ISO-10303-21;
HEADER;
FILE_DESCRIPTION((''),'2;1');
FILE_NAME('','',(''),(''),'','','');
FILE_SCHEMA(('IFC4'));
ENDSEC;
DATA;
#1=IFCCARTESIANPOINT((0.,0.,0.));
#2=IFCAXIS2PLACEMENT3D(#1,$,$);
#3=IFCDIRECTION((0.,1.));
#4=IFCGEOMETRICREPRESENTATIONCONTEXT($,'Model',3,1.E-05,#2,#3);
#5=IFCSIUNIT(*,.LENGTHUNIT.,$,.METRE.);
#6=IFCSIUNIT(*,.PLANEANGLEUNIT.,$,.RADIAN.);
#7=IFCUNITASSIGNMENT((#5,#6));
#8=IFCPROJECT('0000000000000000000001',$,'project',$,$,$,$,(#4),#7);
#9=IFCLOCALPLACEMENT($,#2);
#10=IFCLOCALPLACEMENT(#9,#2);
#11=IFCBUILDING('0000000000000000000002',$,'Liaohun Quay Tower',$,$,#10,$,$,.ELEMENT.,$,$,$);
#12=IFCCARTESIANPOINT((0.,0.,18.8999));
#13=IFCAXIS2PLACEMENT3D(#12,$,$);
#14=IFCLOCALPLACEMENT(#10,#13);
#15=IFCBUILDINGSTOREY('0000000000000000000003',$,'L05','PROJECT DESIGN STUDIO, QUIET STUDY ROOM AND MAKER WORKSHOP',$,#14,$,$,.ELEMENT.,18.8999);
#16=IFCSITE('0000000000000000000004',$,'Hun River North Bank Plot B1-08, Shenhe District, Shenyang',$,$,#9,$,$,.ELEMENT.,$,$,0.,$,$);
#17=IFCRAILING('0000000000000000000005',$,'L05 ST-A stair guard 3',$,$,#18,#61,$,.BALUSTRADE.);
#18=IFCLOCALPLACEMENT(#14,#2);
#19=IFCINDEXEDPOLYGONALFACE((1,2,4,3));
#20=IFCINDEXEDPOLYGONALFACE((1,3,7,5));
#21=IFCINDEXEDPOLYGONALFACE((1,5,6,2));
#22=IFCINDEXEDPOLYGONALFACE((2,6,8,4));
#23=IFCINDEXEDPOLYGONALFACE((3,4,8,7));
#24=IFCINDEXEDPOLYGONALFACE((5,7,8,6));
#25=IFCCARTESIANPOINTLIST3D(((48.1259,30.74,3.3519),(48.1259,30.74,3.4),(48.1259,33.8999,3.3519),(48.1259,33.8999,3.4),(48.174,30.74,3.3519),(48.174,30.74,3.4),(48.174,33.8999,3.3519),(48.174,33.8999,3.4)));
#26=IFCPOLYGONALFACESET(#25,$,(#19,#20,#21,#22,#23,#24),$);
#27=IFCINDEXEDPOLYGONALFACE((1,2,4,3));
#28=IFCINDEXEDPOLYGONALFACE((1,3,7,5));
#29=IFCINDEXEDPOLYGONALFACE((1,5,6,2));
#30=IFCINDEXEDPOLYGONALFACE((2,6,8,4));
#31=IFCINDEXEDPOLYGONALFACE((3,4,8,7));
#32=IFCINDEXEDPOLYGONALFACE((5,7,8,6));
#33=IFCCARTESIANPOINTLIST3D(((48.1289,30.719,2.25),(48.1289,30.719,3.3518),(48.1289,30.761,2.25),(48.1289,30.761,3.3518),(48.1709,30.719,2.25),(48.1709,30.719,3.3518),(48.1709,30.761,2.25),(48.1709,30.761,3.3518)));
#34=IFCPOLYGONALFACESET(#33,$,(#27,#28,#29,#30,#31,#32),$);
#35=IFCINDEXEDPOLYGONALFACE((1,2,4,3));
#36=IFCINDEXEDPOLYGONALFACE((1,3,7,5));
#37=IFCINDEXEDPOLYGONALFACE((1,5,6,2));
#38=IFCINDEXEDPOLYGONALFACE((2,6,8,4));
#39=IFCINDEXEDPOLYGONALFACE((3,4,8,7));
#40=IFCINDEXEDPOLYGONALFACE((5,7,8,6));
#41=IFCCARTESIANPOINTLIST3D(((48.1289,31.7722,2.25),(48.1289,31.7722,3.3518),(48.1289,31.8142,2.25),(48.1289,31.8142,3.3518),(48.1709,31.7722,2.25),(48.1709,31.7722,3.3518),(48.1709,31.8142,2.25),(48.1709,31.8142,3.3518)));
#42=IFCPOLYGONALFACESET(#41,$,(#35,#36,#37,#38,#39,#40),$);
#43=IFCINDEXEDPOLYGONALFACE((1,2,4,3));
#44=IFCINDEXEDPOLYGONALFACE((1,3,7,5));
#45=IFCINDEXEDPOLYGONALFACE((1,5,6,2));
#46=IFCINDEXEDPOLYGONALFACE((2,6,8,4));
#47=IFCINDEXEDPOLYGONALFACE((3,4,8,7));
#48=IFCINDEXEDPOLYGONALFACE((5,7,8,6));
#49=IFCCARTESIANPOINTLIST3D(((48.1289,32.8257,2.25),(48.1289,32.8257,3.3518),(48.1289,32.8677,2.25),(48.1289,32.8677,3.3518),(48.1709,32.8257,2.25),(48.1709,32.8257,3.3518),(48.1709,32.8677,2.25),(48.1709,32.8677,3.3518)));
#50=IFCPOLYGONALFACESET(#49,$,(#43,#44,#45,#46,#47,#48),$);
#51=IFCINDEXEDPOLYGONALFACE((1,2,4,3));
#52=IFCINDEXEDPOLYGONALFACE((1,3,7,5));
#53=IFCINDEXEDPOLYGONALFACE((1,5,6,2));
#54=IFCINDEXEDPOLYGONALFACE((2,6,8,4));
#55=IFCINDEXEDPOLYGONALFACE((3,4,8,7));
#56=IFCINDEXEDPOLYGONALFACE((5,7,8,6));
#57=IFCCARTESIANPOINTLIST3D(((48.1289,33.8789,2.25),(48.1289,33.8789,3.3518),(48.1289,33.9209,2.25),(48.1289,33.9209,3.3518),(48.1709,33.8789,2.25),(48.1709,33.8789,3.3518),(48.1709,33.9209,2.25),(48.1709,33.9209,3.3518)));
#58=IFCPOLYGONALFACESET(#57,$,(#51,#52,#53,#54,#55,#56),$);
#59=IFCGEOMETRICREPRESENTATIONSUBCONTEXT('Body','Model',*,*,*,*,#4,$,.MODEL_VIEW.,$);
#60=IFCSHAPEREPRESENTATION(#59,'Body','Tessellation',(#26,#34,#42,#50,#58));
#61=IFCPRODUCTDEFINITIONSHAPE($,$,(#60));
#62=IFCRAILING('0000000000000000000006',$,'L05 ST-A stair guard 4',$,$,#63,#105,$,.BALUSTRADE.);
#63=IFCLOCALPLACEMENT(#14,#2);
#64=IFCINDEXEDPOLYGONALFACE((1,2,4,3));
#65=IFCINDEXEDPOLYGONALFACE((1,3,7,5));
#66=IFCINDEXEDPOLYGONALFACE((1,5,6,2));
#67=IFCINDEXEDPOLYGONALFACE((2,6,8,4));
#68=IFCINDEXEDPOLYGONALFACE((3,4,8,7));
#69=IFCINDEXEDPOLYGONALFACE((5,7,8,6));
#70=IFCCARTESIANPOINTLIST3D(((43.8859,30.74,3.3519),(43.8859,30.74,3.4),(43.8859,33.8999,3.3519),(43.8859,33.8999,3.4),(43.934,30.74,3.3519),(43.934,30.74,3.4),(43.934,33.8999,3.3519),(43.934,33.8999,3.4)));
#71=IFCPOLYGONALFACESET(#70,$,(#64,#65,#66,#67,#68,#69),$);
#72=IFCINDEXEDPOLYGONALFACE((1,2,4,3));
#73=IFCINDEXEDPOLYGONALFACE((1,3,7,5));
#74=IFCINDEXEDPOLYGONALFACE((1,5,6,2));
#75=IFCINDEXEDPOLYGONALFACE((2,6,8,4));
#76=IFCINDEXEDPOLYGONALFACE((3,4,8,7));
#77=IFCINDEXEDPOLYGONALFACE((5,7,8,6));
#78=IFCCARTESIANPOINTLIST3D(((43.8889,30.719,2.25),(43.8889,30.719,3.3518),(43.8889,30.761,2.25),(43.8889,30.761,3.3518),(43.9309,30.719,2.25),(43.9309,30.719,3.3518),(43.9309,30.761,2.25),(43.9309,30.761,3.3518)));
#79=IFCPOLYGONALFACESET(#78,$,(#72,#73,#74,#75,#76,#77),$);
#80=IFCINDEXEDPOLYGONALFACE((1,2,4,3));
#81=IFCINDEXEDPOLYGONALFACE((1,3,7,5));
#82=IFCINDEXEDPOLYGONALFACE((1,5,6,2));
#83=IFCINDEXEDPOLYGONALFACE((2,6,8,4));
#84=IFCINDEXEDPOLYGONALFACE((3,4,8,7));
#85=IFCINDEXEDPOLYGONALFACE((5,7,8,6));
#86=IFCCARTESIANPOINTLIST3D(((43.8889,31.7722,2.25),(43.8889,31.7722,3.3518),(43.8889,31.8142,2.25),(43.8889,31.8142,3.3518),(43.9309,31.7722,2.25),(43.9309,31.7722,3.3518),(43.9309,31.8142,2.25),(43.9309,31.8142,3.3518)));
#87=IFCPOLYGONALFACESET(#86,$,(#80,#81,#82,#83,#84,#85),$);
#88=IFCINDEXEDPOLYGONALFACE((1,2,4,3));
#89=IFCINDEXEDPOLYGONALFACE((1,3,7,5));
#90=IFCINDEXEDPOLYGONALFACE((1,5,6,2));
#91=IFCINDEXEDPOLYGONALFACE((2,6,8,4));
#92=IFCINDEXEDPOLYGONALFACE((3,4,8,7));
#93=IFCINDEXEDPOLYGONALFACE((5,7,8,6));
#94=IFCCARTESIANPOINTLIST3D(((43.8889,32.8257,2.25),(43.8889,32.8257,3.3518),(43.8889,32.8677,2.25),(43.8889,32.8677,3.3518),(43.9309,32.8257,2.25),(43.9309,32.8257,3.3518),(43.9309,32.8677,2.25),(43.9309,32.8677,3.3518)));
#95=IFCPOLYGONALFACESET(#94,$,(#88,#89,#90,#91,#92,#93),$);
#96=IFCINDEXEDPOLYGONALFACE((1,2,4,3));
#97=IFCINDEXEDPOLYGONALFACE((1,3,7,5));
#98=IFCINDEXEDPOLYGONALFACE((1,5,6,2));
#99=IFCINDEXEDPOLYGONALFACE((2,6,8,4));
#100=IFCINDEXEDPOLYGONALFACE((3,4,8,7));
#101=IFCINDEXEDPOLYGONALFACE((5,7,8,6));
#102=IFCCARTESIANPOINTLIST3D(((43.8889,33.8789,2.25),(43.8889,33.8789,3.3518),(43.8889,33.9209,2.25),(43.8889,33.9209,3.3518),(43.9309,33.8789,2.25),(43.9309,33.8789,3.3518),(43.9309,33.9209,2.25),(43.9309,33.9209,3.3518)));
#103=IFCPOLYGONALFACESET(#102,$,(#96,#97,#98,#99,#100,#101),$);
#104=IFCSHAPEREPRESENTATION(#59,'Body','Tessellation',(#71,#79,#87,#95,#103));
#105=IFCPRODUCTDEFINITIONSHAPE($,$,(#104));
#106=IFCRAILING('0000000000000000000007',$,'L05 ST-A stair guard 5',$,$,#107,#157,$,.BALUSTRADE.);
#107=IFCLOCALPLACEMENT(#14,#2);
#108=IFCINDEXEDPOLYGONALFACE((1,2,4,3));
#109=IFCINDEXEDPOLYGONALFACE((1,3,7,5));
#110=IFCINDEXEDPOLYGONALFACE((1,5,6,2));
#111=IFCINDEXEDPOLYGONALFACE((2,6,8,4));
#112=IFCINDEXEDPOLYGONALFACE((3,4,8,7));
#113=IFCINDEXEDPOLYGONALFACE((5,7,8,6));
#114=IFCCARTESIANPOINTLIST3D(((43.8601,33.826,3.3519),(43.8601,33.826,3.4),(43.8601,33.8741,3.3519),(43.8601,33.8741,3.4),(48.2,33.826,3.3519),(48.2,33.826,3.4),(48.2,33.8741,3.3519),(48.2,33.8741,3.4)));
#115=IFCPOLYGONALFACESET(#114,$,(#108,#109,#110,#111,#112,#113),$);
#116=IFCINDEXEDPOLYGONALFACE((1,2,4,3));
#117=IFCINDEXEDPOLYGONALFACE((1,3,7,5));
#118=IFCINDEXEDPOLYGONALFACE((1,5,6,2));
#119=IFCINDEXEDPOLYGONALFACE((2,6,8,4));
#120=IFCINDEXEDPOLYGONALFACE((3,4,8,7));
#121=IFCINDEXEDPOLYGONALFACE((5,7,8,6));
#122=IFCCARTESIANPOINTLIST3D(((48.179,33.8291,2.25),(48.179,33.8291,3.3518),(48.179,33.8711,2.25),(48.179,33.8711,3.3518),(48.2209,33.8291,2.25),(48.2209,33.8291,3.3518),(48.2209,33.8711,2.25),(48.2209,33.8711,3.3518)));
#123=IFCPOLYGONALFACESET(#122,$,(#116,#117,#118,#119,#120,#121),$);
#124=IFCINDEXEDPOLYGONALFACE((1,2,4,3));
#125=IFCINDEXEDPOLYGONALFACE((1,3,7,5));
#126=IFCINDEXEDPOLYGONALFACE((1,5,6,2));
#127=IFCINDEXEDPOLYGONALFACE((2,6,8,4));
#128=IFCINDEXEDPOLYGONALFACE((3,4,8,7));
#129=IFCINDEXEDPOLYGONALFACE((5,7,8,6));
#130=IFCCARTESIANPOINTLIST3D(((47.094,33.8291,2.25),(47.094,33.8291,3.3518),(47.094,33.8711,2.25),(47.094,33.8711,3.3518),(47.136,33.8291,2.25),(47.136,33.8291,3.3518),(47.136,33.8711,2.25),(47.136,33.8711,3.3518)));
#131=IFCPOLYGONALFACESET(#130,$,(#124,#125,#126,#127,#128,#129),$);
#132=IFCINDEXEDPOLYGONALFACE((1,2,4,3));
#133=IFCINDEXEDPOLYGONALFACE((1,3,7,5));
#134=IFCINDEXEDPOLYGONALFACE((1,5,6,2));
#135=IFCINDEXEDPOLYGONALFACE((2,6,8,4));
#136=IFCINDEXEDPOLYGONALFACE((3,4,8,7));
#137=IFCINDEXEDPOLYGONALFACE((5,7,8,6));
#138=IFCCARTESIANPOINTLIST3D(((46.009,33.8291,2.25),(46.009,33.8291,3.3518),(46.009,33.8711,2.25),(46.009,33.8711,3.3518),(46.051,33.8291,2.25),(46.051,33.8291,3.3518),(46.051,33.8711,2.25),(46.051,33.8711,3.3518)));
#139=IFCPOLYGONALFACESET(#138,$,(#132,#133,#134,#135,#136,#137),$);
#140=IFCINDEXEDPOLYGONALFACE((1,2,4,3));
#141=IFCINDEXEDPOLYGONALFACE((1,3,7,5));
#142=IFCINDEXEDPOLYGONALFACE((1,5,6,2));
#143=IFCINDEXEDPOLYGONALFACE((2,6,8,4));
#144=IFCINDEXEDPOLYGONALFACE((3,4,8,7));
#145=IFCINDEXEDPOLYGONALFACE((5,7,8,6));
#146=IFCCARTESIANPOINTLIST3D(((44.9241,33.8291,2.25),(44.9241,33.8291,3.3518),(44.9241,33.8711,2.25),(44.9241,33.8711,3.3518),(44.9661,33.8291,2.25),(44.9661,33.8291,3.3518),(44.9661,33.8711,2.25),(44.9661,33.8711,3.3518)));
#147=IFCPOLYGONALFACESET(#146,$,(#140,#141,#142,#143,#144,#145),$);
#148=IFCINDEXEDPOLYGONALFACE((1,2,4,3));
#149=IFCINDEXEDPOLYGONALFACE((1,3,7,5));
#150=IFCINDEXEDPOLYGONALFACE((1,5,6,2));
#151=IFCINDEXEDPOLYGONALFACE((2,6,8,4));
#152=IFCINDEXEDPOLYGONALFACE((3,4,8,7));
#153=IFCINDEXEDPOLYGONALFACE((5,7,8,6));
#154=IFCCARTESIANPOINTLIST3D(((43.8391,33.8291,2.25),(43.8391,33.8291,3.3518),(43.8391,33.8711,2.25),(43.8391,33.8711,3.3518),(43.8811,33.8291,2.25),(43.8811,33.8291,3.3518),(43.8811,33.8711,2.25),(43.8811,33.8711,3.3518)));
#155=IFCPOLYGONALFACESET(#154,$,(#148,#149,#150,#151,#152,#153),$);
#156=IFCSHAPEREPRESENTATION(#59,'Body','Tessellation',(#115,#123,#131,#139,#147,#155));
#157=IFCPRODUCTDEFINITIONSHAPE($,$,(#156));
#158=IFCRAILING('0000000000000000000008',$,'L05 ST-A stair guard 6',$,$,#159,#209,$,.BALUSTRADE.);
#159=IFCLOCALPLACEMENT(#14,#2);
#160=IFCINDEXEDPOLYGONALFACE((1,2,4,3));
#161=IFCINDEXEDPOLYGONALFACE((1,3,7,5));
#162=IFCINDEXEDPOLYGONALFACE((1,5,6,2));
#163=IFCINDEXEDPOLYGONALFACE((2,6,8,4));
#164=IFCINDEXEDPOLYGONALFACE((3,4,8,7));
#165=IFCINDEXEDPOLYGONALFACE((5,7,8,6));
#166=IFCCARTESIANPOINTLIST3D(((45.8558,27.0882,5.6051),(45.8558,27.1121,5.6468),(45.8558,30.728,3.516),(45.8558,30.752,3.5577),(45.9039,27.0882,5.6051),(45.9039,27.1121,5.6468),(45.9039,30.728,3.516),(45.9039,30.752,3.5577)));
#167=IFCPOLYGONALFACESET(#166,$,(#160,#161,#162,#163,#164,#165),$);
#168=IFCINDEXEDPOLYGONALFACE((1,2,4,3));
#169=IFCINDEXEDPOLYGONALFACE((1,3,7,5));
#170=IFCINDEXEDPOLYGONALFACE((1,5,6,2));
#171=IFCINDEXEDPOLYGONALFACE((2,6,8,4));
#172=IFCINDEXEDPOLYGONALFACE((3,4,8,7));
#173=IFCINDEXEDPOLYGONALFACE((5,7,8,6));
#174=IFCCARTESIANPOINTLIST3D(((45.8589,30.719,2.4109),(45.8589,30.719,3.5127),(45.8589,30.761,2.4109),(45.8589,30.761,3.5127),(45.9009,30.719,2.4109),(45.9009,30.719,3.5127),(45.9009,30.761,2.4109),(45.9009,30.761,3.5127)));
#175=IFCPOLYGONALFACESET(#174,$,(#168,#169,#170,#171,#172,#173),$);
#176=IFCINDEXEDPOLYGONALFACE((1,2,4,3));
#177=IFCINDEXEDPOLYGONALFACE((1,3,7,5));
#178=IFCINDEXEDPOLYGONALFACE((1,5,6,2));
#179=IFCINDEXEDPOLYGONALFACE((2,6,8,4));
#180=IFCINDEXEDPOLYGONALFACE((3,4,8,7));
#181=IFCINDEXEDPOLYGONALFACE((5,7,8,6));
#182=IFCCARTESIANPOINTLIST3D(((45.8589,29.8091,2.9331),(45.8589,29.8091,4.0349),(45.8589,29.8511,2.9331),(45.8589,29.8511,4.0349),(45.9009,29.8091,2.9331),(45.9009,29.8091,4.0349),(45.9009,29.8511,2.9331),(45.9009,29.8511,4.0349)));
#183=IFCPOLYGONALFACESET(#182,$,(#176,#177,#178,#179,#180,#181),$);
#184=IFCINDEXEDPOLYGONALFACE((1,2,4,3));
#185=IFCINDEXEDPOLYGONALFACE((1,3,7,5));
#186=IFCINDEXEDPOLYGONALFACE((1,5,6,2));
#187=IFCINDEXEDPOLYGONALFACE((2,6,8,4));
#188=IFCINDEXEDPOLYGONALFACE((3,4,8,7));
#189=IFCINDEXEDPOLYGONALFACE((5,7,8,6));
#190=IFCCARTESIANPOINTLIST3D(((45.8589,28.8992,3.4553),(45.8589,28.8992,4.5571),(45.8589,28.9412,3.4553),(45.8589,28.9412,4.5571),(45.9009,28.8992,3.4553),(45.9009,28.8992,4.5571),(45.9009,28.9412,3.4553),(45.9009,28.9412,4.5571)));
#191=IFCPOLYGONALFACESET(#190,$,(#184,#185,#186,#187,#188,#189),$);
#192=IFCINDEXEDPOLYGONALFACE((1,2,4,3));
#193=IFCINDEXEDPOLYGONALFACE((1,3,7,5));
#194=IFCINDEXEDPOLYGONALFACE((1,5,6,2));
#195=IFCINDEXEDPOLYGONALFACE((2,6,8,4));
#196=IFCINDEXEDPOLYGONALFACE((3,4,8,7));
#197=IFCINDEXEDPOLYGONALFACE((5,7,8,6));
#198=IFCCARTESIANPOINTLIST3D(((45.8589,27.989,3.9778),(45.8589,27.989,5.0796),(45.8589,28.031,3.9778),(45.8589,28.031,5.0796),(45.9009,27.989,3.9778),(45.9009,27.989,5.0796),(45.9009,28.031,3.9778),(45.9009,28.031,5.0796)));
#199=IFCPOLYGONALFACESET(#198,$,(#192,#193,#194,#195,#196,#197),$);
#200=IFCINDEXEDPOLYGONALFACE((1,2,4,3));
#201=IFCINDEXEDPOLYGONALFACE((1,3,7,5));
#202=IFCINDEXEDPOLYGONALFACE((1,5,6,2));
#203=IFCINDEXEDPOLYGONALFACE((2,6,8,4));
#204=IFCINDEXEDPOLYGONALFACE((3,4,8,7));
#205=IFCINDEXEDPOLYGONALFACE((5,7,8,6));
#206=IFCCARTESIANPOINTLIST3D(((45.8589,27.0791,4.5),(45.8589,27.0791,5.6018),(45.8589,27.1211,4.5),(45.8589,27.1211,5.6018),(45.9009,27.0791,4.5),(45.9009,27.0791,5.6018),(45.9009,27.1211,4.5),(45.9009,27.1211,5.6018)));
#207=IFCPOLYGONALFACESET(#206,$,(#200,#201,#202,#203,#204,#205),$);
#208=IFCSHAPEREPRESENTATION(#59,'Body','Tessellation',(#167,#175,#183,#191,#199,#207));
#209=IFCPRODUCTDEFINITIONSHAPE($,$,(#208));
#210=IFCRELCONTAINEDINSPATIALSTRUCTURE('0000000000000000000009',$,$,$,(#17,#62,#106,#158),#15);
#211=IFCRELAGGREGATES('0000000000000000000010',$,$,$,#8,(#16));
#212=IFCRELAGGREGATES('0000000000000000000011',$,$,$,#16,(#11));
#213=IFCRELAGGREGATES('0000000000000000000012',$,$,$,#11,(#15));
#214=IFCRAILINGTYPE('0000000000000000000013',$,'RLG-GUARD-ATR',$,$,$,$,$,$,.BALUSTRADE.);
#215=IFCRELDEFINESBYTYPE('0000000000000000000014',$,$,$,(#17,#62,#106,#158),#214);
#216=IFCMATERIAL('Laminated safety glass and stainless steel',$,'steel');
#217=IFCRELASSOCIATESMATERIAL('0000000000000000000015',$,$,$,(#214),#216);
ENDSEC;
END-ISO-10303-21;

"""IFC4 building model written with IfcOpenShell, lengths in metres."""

from ifc_helpers import new_model, si_unit, direction, frame, origin, origin_2d, place, context, subcontext, project, spatial, rectangle, extrude, material, type_object, element, save


model = new_model("IFC4")

# Units and contexts
model_context = context("Model", 3, precision=1e-05, world=origin(), true_north=direction((0.0, 1.0)))
body_context = subcontext(model_context, "Body", "Model", "MODEL_VIEW")
ifc_project = project(units=[si_unit("LENGTHUNIT", "METRE"), si_unit("PLANEANGLEUNIT", "RADIAN")], contexts=[model_context])

# Site, building, storey
site_placement = place(None, origin())
site = spatial("IfcSite", under=ifc_project, at=site_placement, Name="Hun River North Bank Plot B1-08, Shenhe District, Shenyang", CompositionType="ELEMENT", RefElevation=0.0)
building_placement = place(site_placement, origin())
building = spatial("IfcBuilding", under=site, at=building_placement, Name="Liaohun Quay Tower", CompositionType="ELEMENT")
storey_placement = place(building_placement, frame((0.0, 0.0, 18.8999)))
storey = spatial("IfcBuildingStorey", under=building, at=storey_placement, Name="L05", Description="PROJECT DESIGN STUDIO, QUIET STUDY ROOM AND MAKER WORKSHOP", CompositionType="ELEMENT", Elevation=18.8999)

# Railings
ifc_material_1 = material(Name="Laminated safety glass and stainless steel", Category="steel")
railing_type_1 = type_object("IfcRailingType", Name="RLG-GUARD-ATR", PredefinedType="BALUSTRADE", material=ifc_material_1)
for number, where, name in (
    (1, (48.1499, 30.74, 2.25), "L05 ST-A stair guard 3"),
    (2, (43.9099, 30.74, 2.25), "L05 ST-A stair guard 4"),
):
    element("IfcRailing", number, at=place(storey_placement, frame(where)), inside=storey, type_object=railing_type_1, Name=name, PredefinedType="BALUSTRADE", context=body_context, shape_type="SweptSolid", body=[
        extrude(rectangle(XDim=0.0481, YDim=0.0481, at=origin_2d()), frame((0.0, 0.0, 1.126), z_axis=(0.0, 1.0, 0.0), x_axis=(-1.0, 0.0, 0.0)), (0.0, 0.0, 1.0), 3.1599),
        extrude(rectangle(XDim=0.042, YDim=0.042, at=origin_2d()), origin(), (0.0, 0.0, 1.0), 1.1018),
        extrude(rectangle(XDim=0.042, YDim=0.042, at=origin_2d()), frame((0.0, 1.0532, 0.0)), (0.0, 0.0, 1.0), 1.1018),
        extrude(rectangle(XDim=0.042, YDim=0.042, at=origin_2d()), frame((0.0, 2.1067, 0.0)), (0.0, 0.0, 1.0), 1.1018),
        extrude(rectangle(XDim=0.042, YDim=0.042, at=origin_2d()), frame((0.0, 3.1599, 0.0)), (0.0, 0.0, 1.0), 1.1018),
    ])
railing_1_placement = place(storey_placement, frame((48.2, 33.8501, 2.25)))
element("IfcRailing", 3, at=railing_1_placement, inside=storey, type_object=railing_type_1, Name="L05 ST-A stair guard 5", PredefinedType="BALUSTRADE", context=body_context, shape_type="SweptSolid", body=[
    extrude(rectangle(XDim=0.0481, YDim=0.0481, at=origin_2d()), frame((0.0, 0.0, 1.126), z_axis=(-1.0, 0.0, 0.0), x_axis=(0.0, -1.0, 0.0)), (0.0, 0.0, 1.0), 4.3398),
    extrude(rectangle(XDim=0.042, YDim=0.042, at=origin_2d()), origin(), (0.0, 0.0, 1.0), 1.1018),
    extrude(rectangle(XDim=0.042, YDim=0.042, at=origin_2d()), frame((-1.085, 0.0, 0.0)), (0.0, 0.0, 1.0), 1.1018),
    extrude(rectangle(XDim=0.042, YDim=0.042, at=origin_2d()), frame((-2.1699, 0.0, 0.0)), (0.0, 0.0, 1.0), 1.1018),
    extrude(rectangle(XDim=0.042, YDim=0.042, at=origin_2d()), frame((-3.2549, 0.0, 0.0)), (0.0, 0.0, 1.0), 1.1018),
    extrude(rectangle(XDim=0.042, YDim=0.042, at=origin_2d()), frame((-4.3398, 0.0, 0.0)), (0.0, 0.0, 1.0), 1.1018),
])
railing_2_placement = place(storey_placement, frame((45.8799, 30.74, 2.4109)))
element("IfcRailing", 4, at=railing_2_placement, inside=storey, type_object=railing_type_1, Name="L05 ST-A stair guard 6", PredefinedType="BALUSTRADE", context=body_context, shape_type="SweptSolid", body=[
    extrude(rectangle(XDim=0.0481, YDim=0.0481, at=origin_2d()), frame((0.0, 0.0, 1.126), z_axis=(0.0, -0.8673, 0.497786), x_axis=(1.0, 0.0, 0.0)), (0.0, 0.0, 1.0), 4.1968),
    extrude(rectangle(XDim=0.042, YDim=0.042, at=origin_2d()), origin(), (0.0, 0.0, 1.0), 1.1018),
    extrude(rectangle(XDim=0.042, YDim=0.042, at=origin_2d()), frame((0.0, -0.9099, 0.5222)), (0.0, 0.0, 1.0), 1.1018),
    extrude(rectangle(XDim=0.042, YDim=0.042, at=origin_2d()), frame((0.0, -1.8198, 1.0444)), (0.0, 0.0, 1.0), 1.1018),
    extrude(rectangle(XDim=0.042, YDim=0.042, at=origin_2d()), frame((0.0, -2.73, 1.5669)), (0.0, 0.0, 1.0), 1.1018),
    extrude(rectangle(XDim=0.042, YDim=0.042, at=origin_2d()), frame((0.0, -3.6399, 2.0891)), (0.0, 0.0, 1.0), 1.1018),
])

save(model, "model.ifc")
